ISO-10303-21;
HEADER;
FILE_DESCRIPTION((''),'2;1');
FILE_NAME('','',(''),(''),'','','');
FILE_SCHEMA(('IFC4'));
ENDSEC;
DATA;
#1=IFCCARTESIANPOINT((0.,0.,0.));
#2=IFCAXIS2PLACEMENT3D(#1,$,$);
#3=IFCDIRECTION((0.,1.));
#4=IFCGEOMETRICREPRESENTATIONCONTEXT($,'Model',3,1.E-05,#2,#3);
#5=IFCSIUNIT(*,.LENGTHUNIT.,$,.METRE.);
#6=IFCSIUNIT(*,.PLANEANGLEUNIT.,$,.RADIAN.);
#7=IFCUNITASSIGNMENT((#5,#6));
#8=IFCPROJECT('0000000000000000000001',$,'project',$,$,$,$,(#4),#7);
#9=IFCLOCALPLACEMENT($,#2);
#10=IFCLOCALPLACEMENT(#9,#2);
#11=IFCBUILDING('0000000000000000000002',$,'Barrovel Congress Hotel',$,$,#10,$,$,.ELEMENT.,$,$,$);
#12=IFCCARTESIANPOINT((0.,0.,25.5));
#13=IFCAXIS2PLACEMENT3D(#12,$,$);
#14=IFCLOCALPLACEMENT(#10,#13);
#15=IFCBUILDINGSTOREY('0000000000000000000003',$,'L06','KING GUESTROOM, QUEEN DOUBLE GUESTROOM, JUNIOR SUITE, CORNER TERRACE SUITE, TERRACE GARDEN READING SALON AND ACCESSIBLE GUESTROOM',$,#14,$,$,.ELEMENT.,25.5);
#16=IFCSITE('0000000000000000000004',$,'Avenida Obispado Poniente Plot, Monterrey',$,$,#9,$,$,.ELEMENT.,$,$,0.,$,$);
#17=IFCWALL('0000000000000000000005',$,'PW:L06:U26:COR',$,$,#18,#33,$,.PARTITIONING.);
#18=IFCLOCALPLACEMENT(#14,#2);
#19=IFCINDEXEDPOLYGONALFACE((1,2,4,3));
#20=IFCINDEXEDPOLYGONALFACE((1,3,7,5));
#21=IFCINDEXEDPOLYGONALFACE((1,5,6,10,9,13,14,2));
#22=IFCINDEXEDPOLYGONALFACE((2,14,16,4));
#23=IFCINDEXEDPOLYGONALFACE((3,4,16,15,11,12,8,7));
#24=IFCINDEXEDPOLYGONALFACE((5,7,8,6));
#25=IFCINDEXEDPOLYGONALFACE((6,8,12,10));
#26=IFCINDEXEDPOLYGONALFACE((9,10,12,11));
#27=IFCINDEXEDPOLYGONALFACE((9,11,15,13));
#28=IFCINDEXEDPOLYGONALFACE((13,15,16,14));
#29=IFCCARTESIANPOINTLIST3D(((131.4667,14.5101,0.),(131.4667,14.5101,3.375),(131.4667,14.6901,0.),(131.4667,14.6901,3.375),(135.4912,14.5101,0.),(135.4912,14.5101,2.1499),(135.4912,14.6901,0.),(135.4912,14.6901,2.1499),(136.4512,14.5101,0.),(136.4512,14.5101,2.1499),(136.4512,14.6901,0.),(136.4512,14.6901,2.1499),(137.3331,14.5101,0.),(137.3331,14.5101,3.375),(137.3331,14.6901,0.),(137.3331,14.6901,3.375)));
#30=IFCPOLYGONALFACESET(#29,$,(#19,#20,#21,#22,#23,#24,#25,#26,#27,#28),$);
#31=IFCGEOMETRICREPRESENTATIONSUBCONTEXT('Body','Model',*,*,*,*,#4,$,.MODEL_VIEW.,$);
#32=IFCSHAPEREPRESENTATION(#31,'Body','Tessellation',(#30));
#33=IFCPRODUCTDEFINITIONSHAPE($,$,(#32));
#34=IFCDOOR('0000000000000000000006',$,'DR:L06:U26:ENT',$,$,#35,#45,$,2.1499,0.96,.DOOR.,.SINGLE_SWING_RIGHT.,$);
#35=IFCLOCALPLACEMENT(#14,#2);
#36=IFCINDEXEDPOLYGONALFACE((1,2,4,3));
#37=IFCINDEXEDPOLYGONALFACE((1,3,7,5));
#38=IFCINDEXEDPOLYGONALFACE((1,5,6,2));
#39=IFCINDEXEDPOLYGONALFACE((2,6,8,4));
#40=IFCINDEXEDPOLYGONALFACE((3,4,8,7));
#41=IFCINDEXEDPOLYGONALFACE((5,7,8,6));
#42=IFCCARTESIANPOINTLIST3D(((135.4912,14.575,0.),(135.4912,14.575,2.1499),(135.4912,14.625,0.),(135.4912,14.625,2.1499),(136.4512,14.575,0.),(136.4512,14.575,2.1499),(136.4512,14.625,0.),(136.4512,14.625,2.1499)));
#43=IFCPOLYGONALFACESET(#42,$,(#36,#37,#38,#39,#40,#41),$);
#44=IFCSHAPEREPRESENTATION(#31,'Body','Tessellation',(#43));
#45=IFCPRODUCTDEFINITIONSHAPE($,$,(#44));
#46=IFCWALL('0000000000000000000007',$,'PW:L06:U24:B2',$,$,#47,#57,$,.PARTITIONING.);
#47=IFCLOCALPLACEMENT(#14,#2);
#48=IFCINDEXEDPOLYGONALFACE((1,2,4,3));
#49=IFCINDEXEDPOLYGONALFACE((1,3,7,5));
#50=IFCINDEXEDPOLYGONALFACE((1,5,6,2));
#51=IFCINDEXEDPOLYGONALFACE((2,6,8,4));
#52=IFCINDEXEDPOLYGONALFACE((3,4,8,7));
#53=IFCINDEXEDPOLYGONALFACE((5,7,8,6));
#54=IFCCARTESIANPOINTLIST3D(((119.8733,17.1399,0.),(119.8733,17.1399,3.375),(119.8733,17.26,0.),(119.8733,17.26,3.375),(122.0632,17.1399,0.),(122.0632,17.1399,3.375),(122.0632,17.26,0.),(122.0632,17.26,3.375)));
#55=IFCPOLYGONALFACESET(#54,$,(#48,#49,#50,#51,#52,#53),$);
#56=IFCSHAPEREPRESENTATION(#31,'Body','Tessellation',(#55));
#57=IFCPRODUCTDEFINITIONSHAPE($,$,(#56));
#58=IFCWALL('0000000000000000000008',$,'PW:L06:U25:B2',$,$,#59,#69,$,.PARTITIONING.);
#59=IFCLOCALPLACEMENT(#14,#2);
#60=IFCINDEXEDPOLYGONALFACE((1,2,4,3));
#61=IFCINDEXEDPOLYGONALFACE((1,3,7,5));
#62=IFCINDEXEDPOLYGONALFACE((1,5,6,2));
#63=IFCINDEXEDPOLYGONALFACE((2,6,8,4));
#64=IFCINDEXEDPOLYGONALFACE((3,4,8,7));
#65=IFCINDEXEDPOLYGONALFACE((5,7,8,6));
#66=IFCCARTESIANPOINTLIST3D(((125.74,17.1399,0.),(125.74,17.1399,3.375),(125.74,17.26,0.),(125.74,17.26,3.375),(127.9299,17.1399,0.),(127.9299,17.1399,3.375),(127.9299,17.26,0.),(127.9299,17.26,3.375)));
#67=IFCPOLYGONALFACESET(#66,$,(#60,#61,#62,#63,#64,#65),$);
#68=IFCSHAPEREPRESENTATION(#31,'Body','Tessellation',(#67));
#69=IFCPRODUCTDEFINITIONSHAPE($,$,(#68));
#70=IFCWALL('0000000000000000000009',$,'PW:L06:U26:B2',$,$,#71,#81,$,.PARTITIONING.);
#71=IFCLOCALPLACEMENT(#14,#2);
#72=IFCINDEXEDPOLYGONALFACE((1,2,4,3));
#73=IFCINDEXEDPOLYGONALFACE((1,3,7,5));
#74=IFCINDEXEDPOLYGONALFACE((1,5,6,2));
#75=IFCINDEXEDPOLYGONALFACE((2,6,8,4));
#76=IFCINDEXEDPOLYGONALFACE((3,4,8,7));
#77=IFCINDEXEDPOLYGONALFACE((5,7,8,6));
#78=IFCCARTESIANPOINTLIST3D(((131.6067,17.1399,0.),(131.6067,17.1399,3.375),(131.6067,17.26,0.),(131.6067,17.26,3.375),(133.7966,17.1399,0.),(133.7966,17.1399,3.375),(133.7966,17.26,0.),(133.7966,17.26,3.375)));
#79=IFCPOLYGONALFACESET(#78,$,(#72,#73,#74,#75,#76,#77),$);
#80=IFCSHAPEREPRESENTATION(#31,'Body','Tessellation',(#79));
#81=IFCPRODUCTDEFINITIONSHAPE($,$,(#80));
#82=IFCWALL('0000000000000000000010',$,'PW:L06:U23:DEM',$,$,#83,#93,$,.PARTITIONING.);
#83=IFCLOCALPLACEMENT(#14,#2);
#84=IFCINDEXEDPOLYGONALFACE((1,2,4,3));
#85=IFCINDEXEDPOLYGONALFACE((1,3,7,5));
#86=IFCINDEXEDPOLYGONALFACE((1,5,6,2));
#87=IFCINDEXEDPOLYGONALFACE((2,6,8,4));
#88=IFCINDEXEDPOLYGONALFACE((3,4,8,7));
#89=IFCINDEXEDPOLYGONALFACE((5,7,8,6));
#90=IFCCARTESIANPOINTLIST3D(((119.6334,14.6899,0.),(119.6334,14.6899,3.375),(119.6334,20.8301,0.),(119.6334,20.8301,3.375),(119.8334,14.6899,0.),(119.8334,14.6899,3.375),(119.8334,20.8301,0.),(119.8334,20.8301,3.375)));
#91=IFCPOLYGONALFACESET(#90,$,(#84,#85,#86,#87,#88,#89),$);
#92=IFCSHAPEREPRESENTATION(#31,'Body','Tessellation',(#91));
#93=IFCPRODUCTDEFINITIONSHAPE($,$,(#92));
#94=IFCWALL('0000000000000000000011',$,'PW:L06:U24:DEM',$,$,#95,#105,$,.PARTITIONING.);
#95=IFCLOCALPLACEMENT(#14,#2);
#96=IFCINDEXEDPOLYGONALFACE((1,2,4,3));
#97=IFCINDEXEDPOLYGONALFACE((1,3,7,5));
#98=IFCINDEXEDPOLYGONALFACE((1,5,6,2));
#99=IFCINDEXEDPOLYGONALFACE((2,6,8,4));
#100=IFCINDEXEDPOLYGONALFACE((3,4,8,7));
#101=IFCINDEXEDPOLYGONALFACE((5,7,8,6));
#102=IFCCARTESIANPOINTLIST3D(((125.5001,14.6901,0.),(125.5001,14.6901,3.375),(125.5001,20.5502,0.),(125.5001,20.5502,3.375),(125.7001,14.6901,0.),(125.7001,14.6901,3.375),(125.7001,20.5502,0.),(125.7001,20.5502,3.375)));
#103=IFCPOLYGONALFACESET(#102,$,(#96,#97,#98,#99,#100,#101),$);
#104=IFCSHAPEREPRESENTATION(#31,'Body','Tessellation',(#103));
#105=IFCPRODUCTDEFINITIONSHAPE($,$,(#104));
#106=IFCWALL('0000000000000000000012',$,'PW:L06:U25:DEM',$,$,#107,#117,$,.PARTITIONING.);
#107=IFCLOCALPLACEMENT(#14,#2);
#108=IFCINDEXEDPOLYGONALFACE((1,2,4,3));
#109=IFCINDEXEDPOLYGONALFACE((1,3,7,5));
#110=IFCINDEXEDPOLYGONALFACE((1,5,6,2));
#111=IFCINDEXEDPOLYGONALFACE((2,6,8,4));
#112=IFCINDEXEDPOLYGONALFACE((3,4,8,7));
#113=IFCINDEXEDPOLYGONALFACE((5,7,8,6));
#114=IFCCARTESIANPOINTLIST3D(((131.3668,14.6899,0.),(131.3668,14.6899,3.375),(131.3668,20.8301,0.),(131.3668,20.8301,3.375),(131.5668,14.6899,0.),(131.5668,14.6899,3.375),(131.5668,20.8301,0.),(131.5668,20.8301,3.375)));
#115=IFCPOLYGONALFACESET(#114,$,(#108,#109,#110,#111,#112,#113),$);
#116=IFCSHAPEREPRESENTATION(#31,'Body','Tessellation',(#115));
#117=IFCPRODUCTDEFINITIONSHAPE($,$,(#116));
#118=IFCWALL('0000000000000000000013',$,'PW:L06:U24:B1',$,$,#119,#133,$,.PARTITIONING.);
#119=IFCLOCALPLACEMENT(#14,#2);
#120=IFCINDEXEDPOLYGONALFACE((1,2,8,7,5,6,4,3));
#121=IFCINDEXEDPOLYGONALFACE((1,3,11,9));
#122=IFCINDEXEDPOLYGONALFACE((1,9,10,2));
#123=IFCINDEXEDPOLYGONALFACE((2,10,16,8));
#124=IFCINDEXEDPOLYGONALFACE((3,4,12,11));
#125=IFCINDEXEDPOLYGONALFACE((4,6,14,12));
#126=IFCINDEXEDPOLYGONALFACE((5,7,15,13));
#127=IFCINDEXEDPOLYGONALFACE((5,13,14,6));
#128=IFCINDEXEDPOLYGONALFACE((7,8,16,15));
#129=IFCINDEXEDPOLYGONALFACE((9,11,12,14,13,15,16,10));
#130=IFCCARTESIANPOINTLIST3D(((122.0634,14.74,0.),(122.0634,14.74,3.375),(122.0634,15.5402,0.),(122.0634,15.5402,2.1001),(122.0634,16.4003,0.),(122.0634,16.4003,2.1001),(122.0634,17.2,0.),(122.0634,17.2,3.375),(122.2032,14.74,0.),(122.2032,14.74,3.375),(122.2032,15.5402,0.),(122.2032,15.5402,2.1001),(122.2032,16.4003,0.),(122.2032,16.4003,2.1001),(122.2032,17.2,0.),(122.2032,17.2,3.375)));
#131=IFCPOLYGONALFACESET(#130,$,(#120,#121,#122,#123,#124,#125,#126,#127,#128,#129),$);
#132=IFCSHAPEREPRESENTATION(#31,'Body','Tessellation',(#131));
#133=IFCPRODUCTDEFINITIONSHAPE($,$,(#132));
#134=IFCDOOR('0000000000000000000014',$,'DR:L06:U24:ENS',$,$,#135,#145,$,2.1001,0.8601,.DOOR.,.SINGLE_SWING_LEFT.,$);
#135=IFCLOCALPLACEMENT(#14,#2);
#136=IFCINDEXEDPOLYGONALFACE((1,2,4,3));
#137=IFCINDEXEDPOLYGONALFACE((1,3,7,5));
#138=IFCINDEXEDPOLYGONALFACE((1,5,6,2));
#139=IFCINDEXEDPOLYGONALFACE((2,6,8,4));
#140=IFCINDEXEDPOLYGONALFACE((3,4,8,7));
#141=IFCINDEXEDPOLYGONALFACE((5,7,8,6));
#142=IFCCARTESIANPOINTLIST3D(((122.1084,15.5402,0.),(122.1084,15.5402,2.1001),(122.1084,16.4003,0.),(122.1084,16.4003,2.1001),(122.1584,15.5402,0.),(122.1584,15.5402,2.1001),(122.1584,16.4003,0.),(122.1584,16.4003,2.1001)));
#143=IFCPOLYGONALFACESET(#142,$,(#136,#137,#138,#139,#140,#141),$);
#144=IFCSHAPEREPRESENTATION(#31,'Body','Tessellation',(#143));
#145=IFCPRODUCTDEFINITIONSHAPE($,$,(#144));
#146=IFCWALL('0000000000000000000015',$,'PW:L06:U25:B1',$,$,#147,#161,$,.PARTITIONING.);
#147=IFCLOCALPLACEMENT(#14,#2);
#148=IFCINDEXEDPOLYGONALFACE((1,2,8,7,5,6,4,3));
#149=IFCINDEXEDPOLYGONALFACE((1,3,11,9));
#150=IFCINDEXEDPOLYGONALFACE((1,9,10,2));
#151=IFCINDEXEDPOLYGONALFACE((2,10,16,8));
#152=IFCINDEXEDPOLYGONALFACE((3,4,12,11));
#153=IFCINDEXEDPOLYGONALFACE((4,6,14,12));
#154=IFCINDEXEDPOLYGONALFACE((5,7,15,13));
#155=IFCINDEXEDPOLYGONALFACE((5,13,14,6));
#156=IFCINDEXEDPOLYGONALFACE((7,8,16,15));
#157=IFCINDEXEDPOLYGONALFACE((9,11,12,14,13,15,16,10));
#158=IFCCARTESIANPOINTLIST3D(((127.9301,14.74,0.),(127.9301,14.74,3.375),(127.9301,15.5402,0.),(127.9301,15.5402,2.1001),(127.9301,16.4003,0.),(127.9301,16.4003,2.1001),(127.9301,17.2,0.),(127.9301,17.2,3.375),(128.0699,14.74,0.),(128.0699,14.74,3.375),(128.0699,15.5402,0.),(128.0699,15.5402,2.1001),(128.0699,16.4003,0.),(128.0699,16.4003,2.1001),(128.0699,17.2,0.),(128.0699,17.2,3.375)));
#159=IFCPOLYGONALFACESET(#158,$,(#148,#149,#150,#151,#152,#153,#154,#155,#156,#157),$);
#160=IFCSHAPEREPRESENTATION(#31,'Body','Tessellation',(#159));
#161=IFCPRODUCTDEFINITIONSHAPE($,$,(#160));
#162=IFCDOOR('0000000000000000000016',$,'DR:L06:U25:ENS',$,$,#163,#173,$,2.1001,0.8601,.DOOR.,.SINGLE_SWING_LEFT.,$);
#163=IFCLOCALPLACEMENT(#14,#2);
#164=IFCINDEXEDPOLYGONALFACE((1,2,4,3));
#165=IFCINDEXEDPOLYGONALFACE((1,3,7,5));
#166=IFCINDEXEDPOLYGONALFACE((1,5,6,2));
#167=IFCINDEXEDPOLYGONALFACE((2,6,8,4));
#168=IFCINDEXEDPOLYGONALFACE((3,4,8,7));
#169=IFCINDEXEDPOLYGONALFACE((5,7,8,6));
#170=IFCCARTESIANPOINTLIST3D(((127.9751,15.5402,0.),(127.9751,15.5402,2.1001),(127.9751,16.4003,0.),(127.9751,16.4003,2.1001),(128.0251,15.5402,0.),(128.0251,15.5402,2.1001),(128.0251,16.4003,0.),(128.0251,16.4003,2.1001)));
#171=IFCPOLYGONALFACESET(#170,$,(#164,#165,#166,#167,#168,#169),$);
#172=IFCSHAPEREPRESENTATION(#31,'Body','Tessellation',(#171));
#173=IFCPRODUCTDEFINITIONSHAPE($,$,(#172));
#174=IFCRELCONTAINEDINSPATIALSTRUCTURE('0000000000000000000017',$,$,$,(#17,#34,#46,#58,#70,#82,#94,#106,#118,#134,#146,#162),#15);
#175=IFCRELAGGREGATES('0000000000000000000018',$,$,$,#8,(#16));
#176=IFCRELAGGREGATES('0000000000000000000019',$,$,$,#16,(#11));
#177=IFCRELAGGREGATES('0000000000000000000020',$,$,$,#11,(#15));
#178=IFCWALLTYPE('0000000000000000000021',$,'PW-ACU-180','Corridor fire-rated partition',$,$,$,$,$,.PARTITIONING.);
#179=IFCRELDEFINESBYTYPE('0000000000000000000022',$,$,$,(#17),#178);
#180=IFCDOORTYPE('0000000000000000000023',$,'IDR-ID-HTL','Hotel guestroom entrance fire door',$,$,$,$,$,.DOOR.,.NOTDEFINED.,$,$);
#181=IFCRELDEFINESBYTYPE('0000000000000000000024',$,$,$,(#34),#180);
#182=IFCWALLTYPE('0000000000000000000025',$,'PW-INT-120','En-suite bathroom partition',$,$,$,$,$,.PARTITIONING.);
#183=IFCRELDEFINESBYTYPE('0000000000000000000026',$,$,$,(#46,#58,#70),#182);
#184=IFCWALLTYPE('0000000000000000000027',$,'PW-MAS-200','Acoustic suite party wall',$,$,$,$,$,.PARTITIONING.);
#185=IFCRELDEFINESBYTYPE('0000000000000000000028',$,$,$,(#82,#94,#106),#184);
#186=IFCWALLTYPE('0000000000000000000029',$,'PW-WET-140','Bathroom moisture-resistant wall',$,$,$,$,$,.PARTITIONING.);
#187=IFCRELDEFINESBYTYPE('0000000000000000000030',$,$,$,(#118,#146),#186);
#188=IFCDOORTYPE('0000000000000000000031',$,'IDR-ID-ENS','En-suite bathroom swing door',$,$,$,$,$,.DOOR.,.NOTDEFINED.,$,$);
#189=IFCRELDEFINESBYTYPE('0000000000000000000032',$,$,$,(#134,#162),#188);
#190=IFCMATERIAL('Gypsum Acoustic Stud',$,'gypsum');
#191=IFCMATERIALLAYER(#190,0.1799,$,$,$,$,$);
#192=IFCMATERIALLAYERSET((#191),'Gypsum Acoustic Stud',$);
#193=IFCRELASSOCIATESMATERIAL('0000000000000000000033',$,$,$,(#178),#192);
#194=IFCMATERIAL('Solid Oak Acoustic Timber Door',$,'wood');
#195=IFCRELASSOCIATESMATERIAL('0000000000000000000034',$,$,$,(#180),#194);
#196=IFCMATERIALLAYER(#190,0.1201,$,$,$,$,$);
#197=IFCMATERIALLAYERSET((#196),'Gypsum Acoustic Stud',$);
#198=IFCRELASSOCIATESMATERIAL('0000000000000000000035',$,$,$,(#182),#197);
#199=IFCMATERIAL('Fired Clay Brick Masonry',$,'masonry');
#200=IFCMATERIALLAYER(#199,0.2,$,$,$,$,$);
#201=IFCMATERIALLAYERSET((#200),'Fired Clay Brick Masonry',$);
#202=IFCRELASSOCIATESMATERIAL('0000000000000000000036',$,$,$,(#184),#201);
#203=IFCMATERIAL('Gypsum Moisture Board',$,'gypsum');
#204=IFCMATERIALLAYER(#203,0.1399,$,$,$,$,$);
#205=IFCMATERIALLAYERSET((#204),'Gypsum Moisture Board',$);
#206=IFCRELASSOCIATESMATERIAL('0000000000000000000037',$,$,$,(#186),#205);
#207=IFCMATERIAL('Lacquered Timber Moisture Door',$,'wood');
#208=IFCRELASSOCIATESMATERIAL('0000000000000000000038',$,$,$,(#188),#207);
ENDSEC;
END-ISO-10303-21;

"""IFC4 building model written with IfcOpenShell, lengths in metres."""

from ifc_helpers import new_model, si_unit, direction, frame, frame_2d, origin, place, context, subcontext, project, spatial, rectangle, extrude, material, layer, layer_set, type_object, element, fill, save


model = new_model("IFC4")

# Units and contexts
model_context = context("Model", 3, precision=1e-05, world=origin(), true_north=direction((0.0, 1.0)))
body_context = subcontext(model_context, "Body", "Model", "MODEL_VIEW")
ifc_project = project(units=[si_unit("LENGTHUNIT", "METRE"), si_unit("PLANEANGLEUNIT", "RADIAN")], contexts=[model_context])

# Site, building, storey
site_placement = place(None, origin())
site = spatial("IfcSite", under=ifc_project, at=site_placement, Name="Avenida Obispado Poniente Plot, Monterrey", CompositionType="ELEMENT", RefElevation=0.0)
building_placement = place(site_placement, origin())
building = spatial("IfcBuilding", under=site, at=building_placement, Name="Barrovel Congress Hotel", CompositionType="ELEMENT")
storey_placement = place(building_placement, frame((0.0, 0.0, 25.5)))
storey = spatial("IfcBuildingStorey", under=building, at=storey_placement, Name="L06", Description="KING GUESTROOM, QUEEN DOUBLE GUESTROOM, JUNIOR SUITE, CORNER TERRACE SUITE, TERRACE GARDEN READING SALON AND ACCESSIBLE GUESTROOM", CompositionType="ELEMENT", Elevation=25.5)

# Shared definitions
ifc_material_1 = material(Name="Fired Clay Brick Masonry", Category="masonry")

# Wall, opening, door
ifc_material_2 = material(Name="Gypsum Acoustic Stud", Category="gypsum")
ifc_layer_1 = layer(ifc_material_2, 0.1799)
ifc_layer_set_1 = layer_set([ifc_layer_1], Name="Gypsum Acoustic Stud")
wall_type_1 = type_object("IfcWallType", Name="PW-ACU-180", Description="Corridor fire-rated partition", PredefinedType="PARTITIONING", material=ifc_layer_set_1)
ifc_material_3 = material(Name="Solid Oak Acoustic Timber Door", Category="wood")
door_type_1 = type_object("IfcDoorType", Name="IDR-ID-HTL", Description="Hotel guestroom entrance fire door", OperationType="NOTDEFINED", PredefinedType="DOOR", material=ifc_material_3)
wall_1_placement = place(storey_placement, frame((131.4668, 14.6001, 0.0), z_axis=(0.0, 0.0, 1.0), x_axis=(1.0, 0.0, 0.0)))
wall_1 = element("IfcWall", 1, at=wall_1_placement, inside=storey, type_object=wall_type_1, Name="PW:L06:U26:COR", PredefinedType="PARTITIONING", context=body_context, shape_type="SweptSolid", body=[
    extrude(rectangle(XDim=5.8665, YDim=0.1799, at=frame_2d((2.9331, 0.0))), origin(), (0.0, 0.0, 1.0), 3.375),
])
opening_1_placement = place(wall_1_placement, frame((4.0244, 0.0, 0.0)))
opening_1 = element("IfcOpeningElement", 2, at=opening_1_placement, cuts=wall_1, PredefinedType="OPENING", context=body_context, shape_type="SweptSolid", body=[
    extrude(rectangle(XDim=0.96, YDim=2.1499, at=frame_2d((0.48, 1.075))), frame((0.0, 0.1001, 0.0), z_axis=(0.0, -1.0, 0.0), x_axis=(1.0, 0.0, 0.0)), (0.0, 0.0, 1.0), 0.2),
])
door_1_placement = place(opening_1_placement, origin())
door_1 = element("IfcDoor", 3, at=door_1_placement, inside=storey, type_object=door_type_1, Name="DR:L06:U26:ENT", OperationType="SINGLE_SWING_RIGHT", OverallHeight=2.1499, OverallWidth=0.96, PredefinedType="DOOR", context=body_context, shape_type="SweptSolid", body=[
    extrude(rectangle(XDim=0.96, YDim=2.1499, at=frame_2d((0.48, 1.075))), frame((0.0, 0.0249, 0.0), z_axis=(0.0, -1.0, 0.0), x_axis=(1.0, 0.0, 0.0)), (0.0, 0.0, 1.0), 0.05),
])
fill(opening_1, door_1)

# Walls
ifc_layer_2 = layer(ifc_material_2, 0.1201)
ifc_layer_set_2 = layer_set([ifc_layer_2], Name="Gypsum Acoustic Stud")
wall_type_2 = type_object("IfcWallType", Name="PW-INT-120", Description="En-suite bathroom partition", PredefinedType="PARTITIONING", material=ifc_layer_set_2)
for number, where, z_axis, x_axis, name in (
    (4, (119.8733, 17.2, 0.0), (0.0, 0.0, 1.0), (1.0, 0.0, 0.0), "PW:L06:U24:B2"),
    (5, (125.74, 17.2, 0.0), (0.0, 0.0, 1.0), (1.0, 0.0, 0.0), "PW:L06:U25:B2"),
    (6, (131.6067, 17.2, 0.0), (0.0, 0.0, 1.0), (1.0, 0.0, 0.0), "PW:L06:U26:B2"),
):
    element("IfcWall", number, at=place(storey_placement, frame(where, z_axis=z_axis, x_axis=x_axis)), inside=storey, type_object=wall_type_2, Name=name, PredefinedType="PARTITIONING", context=body_context, shape_type="SweptSolid", body=[
        extrude(rectangle(XDim=2.1899, YDim=0.1201, at=frame_2d((1.095, 0.0))), origin(), (0.0, 0.0, 1.0), 3.375),
    ])
ifc_layer_3 = layer(ifc_material_1, 0.2)
ifc_layer_set_3 = layer_set([ifc_layer_3], Name="Fired Clay Brick Masonry")
wall_type_3 = type_object("IfcWallType", Name="PW-MAS-200", Description="Acoustic suite party wall", PredefinedType="PARTITIONING", material=ifc_layer_set_3)
wall_2_placement = place(storey_placement, frame((119.7334, 14.6899, 0.0), z_axis=(0.0, 0.0, 1.0), x_axis=(0.0, 1.0, 0.0)))
element("IfcWall", 7, at=wall_2_placement, inside=storey, type_object=wall_type_3, Name="PW:L06:U23:DEM", PredefinedType="PARTITIONING", context=body_context, shape_type="SweptSolid", body=[
    extrude(rectangle(XDim=6.1401, YDim=0.2, at=frame_2d((3.0701, 0.0))), origin(), (0.0, 0.0, 1.0), 3.375),
])
wall_3_placement = place(storey_placement, frame((125.6001, 14.6899, 0.0), z_axis=(0.0, 0.0, 1.0), x_axis=(0.0, 1.0, 0.0)))
element("IfcWall", 8, at=wall_3_placement, inside=storey, type_object=wall_type_3, Name="PW:L06:U24:DEM", PredefinedType="PARTITIONING", context=body_context, shape_type="SweptSolid", body=[
    extrude(rectangle(XDim=5.8601, YDim=0.2, at=frame_2d((2.9302, 0.0))), origin(), (0.0, 0.0, 1.0), 3.375),
])
wall_4_placement = place(storey_placement, frame((131.4668, 14.6899, 0.0), z_axis=(0.0, 0.0, 1.0), x_axis=(0.0, 1.0, 0.0)))
element("IfcWall", 9, at=wall_4_placement, inside=storey, type_object=wall_type_3, Name="PW:L06:U25:DEM", PredefinedType="PARTITIONING", context=body_context, shape_type="SweptSolid", body=[
    extrude(rectangle(XDim=6.1401, YDim=0.2, at=frame_2d((3.0701, 0.0))), origin(), (0.0, 0.0, 1.0), 3.375),
])

# Walls, openings, doors
ifc_material_4 = material(Name="Gypsum Moisture Board", Category="gypsum")
ifc_layer_4 = layer(ifc_material_4, 0.1399)
ifc_layer_set_4 = layer_set([ifc_layer_4], Name="Gypsum Moisture Board")
wall_type_4 = type_object("IfcWallType", Name="PW-WET-140", Description="Bathroom moisture-resistant wall", PredefinedType="PARTITIONING", material=ifc_layer_set_4)
wall_5_placement = place(storey_placement, frame((122.1333, 14.74, 0.0), z_axis=(0.0, 0.0, 1.0), x_axis=(0.0, 1.0, 0.0)))
wall_5 = element("IfcWall", 10, at=wall_5_placement, inside=storey, type_object=wall_type_4, Name="PW:L06:U24:B1", PredefinedType="PARTITIONING", context=body_context, shape_type="SweptSolid", body=[
    extrude(rectangle(XDim=2.46, YDim=0.1399, at=frame_2d((1.23, 0.0))), origin(), (0.0, 0.0, 1.0), 3.375),
])
opening_2_placement = place(wall_5_placement, frame((0.8, 0.0, 0.0)))
opening_2 = element("IfcOpeningElement", 11, at=opening_2_placement, cuts=wall_5, PredefinedType="OPENING", context=body_context, shape_type="SweptSolid", body=[
    extrude(rectangle(XDim=0.8601, YDim=2.1001, at=frame_2d((0.4302, 1.05))), frame((0.0, 0.0801, 0.0), z_axis=(0.0, -1.0, 0.0), x_axis=(1.0, 0.0, 0.0)), (0.0, 0.0, 1.0), 0.1599),
])
ifc_material_5 = material(Name="Lacquered Timber Moisture Door", Category="wood")
door_type_2 = type_object("IfcDoorType", Name="IDR-ID-ENS", Description="En-suite bathroom swing door", OperationType="NOTDEFINED", PredefinedType="DOOR", material=ifc_material_5)
door_2_placement = place(opening_2_placement, origin())
door_2 = element("IfcDoor", 12, at=door_2_placement, inside=storey, type_object=door_type_2, Name="DR:L06:U24:ENS", OperationType="SINGLE_SWING_LEFT", OverallHeight=2.1001, OverallWidth=0.8601, PredefinedType="DOOR", context=body_context, shape_type="SweptSolid", body=[
    extrude(rectangle(XDim=0.8601, YDim=2.1001, at=frame_2d((0.4302, 1.05))), frame((0.0, 0.0249, 0.0), z_axis=(0.0, -1.0, 0.0), x_axis=(1.0, 0.0, 0.0)), (0.0, 0.0, 1.0), 0.05),
])
fill(opening_2, door_2)
wall_6_placement = place(storey_placement, frame((128.0, 14.74, 0.0), z_axis=(0.0, 0.0, 1.0), x_axis=(0.0, 1.0, 0.0)))
wall_6 = element("IfcWall", 13, at=wall_6_placement, inside=storey, type_object=wall_type_4, Name="PW:L06:U25:B1", PredefinedType="PARTITIONING", context=body_context, shape_type="SweptSolid", body=[
    extrude(rectangle(XDim=2.46, YDim=0.1399, at=frame_2d((1.23, 0.0))), origin(), (0.0, 0.0, 1.0), 3.375),
])
opening_3_placement = place(wall_6_placement, frame((0.8, 0.0, 0.0)))
opening_3 = element("IfcOpeningElement", 14, at=opening_3_placement, cuts=wall_6, PredefinedType="OPENING", context=body_context, shape_type="SweptSolid", body=[
    extrude(rectangle(XDim=0.8601, YDim=2.1001, at=frame_2d((0.4302, 1.05))), frame((0.0, 0.0801, 0.0), z_axis=(0.0, -1.0, 0.0), x_axis=(1.0, 0.0, 0.0)), (0.0, 0.0, 1.0), 0.1599),
])
door_3_placement = place(opening_3_placement, origin())
door_3 = element("IfcDoor", 15, at=door_3_placement, inside=storey, type_object=door_type_2, Name="DR:L06:U25:ENS", OperationType="SINGLE_SWING_LEFT", OverallHeight=2.1001, OverallWidth=0.8601, PredefinedType="DOOR", context=body_context, shape_type="SweptSolid", body=[
    extrude(rectangle(XDim=0.8601, YDim=2.1001, at=frame_2d((0.4302, 1.05))), frame((0.0, 0.0249, 0.0), z_axis=(0.0, -1.0, 0.0), x_axis=(1.0, 0.0, 0.0)), (0.0, 0.0, 1.0), 0.05),
])
fill(opening_3, door_3)

save(model, "model.ifc")
